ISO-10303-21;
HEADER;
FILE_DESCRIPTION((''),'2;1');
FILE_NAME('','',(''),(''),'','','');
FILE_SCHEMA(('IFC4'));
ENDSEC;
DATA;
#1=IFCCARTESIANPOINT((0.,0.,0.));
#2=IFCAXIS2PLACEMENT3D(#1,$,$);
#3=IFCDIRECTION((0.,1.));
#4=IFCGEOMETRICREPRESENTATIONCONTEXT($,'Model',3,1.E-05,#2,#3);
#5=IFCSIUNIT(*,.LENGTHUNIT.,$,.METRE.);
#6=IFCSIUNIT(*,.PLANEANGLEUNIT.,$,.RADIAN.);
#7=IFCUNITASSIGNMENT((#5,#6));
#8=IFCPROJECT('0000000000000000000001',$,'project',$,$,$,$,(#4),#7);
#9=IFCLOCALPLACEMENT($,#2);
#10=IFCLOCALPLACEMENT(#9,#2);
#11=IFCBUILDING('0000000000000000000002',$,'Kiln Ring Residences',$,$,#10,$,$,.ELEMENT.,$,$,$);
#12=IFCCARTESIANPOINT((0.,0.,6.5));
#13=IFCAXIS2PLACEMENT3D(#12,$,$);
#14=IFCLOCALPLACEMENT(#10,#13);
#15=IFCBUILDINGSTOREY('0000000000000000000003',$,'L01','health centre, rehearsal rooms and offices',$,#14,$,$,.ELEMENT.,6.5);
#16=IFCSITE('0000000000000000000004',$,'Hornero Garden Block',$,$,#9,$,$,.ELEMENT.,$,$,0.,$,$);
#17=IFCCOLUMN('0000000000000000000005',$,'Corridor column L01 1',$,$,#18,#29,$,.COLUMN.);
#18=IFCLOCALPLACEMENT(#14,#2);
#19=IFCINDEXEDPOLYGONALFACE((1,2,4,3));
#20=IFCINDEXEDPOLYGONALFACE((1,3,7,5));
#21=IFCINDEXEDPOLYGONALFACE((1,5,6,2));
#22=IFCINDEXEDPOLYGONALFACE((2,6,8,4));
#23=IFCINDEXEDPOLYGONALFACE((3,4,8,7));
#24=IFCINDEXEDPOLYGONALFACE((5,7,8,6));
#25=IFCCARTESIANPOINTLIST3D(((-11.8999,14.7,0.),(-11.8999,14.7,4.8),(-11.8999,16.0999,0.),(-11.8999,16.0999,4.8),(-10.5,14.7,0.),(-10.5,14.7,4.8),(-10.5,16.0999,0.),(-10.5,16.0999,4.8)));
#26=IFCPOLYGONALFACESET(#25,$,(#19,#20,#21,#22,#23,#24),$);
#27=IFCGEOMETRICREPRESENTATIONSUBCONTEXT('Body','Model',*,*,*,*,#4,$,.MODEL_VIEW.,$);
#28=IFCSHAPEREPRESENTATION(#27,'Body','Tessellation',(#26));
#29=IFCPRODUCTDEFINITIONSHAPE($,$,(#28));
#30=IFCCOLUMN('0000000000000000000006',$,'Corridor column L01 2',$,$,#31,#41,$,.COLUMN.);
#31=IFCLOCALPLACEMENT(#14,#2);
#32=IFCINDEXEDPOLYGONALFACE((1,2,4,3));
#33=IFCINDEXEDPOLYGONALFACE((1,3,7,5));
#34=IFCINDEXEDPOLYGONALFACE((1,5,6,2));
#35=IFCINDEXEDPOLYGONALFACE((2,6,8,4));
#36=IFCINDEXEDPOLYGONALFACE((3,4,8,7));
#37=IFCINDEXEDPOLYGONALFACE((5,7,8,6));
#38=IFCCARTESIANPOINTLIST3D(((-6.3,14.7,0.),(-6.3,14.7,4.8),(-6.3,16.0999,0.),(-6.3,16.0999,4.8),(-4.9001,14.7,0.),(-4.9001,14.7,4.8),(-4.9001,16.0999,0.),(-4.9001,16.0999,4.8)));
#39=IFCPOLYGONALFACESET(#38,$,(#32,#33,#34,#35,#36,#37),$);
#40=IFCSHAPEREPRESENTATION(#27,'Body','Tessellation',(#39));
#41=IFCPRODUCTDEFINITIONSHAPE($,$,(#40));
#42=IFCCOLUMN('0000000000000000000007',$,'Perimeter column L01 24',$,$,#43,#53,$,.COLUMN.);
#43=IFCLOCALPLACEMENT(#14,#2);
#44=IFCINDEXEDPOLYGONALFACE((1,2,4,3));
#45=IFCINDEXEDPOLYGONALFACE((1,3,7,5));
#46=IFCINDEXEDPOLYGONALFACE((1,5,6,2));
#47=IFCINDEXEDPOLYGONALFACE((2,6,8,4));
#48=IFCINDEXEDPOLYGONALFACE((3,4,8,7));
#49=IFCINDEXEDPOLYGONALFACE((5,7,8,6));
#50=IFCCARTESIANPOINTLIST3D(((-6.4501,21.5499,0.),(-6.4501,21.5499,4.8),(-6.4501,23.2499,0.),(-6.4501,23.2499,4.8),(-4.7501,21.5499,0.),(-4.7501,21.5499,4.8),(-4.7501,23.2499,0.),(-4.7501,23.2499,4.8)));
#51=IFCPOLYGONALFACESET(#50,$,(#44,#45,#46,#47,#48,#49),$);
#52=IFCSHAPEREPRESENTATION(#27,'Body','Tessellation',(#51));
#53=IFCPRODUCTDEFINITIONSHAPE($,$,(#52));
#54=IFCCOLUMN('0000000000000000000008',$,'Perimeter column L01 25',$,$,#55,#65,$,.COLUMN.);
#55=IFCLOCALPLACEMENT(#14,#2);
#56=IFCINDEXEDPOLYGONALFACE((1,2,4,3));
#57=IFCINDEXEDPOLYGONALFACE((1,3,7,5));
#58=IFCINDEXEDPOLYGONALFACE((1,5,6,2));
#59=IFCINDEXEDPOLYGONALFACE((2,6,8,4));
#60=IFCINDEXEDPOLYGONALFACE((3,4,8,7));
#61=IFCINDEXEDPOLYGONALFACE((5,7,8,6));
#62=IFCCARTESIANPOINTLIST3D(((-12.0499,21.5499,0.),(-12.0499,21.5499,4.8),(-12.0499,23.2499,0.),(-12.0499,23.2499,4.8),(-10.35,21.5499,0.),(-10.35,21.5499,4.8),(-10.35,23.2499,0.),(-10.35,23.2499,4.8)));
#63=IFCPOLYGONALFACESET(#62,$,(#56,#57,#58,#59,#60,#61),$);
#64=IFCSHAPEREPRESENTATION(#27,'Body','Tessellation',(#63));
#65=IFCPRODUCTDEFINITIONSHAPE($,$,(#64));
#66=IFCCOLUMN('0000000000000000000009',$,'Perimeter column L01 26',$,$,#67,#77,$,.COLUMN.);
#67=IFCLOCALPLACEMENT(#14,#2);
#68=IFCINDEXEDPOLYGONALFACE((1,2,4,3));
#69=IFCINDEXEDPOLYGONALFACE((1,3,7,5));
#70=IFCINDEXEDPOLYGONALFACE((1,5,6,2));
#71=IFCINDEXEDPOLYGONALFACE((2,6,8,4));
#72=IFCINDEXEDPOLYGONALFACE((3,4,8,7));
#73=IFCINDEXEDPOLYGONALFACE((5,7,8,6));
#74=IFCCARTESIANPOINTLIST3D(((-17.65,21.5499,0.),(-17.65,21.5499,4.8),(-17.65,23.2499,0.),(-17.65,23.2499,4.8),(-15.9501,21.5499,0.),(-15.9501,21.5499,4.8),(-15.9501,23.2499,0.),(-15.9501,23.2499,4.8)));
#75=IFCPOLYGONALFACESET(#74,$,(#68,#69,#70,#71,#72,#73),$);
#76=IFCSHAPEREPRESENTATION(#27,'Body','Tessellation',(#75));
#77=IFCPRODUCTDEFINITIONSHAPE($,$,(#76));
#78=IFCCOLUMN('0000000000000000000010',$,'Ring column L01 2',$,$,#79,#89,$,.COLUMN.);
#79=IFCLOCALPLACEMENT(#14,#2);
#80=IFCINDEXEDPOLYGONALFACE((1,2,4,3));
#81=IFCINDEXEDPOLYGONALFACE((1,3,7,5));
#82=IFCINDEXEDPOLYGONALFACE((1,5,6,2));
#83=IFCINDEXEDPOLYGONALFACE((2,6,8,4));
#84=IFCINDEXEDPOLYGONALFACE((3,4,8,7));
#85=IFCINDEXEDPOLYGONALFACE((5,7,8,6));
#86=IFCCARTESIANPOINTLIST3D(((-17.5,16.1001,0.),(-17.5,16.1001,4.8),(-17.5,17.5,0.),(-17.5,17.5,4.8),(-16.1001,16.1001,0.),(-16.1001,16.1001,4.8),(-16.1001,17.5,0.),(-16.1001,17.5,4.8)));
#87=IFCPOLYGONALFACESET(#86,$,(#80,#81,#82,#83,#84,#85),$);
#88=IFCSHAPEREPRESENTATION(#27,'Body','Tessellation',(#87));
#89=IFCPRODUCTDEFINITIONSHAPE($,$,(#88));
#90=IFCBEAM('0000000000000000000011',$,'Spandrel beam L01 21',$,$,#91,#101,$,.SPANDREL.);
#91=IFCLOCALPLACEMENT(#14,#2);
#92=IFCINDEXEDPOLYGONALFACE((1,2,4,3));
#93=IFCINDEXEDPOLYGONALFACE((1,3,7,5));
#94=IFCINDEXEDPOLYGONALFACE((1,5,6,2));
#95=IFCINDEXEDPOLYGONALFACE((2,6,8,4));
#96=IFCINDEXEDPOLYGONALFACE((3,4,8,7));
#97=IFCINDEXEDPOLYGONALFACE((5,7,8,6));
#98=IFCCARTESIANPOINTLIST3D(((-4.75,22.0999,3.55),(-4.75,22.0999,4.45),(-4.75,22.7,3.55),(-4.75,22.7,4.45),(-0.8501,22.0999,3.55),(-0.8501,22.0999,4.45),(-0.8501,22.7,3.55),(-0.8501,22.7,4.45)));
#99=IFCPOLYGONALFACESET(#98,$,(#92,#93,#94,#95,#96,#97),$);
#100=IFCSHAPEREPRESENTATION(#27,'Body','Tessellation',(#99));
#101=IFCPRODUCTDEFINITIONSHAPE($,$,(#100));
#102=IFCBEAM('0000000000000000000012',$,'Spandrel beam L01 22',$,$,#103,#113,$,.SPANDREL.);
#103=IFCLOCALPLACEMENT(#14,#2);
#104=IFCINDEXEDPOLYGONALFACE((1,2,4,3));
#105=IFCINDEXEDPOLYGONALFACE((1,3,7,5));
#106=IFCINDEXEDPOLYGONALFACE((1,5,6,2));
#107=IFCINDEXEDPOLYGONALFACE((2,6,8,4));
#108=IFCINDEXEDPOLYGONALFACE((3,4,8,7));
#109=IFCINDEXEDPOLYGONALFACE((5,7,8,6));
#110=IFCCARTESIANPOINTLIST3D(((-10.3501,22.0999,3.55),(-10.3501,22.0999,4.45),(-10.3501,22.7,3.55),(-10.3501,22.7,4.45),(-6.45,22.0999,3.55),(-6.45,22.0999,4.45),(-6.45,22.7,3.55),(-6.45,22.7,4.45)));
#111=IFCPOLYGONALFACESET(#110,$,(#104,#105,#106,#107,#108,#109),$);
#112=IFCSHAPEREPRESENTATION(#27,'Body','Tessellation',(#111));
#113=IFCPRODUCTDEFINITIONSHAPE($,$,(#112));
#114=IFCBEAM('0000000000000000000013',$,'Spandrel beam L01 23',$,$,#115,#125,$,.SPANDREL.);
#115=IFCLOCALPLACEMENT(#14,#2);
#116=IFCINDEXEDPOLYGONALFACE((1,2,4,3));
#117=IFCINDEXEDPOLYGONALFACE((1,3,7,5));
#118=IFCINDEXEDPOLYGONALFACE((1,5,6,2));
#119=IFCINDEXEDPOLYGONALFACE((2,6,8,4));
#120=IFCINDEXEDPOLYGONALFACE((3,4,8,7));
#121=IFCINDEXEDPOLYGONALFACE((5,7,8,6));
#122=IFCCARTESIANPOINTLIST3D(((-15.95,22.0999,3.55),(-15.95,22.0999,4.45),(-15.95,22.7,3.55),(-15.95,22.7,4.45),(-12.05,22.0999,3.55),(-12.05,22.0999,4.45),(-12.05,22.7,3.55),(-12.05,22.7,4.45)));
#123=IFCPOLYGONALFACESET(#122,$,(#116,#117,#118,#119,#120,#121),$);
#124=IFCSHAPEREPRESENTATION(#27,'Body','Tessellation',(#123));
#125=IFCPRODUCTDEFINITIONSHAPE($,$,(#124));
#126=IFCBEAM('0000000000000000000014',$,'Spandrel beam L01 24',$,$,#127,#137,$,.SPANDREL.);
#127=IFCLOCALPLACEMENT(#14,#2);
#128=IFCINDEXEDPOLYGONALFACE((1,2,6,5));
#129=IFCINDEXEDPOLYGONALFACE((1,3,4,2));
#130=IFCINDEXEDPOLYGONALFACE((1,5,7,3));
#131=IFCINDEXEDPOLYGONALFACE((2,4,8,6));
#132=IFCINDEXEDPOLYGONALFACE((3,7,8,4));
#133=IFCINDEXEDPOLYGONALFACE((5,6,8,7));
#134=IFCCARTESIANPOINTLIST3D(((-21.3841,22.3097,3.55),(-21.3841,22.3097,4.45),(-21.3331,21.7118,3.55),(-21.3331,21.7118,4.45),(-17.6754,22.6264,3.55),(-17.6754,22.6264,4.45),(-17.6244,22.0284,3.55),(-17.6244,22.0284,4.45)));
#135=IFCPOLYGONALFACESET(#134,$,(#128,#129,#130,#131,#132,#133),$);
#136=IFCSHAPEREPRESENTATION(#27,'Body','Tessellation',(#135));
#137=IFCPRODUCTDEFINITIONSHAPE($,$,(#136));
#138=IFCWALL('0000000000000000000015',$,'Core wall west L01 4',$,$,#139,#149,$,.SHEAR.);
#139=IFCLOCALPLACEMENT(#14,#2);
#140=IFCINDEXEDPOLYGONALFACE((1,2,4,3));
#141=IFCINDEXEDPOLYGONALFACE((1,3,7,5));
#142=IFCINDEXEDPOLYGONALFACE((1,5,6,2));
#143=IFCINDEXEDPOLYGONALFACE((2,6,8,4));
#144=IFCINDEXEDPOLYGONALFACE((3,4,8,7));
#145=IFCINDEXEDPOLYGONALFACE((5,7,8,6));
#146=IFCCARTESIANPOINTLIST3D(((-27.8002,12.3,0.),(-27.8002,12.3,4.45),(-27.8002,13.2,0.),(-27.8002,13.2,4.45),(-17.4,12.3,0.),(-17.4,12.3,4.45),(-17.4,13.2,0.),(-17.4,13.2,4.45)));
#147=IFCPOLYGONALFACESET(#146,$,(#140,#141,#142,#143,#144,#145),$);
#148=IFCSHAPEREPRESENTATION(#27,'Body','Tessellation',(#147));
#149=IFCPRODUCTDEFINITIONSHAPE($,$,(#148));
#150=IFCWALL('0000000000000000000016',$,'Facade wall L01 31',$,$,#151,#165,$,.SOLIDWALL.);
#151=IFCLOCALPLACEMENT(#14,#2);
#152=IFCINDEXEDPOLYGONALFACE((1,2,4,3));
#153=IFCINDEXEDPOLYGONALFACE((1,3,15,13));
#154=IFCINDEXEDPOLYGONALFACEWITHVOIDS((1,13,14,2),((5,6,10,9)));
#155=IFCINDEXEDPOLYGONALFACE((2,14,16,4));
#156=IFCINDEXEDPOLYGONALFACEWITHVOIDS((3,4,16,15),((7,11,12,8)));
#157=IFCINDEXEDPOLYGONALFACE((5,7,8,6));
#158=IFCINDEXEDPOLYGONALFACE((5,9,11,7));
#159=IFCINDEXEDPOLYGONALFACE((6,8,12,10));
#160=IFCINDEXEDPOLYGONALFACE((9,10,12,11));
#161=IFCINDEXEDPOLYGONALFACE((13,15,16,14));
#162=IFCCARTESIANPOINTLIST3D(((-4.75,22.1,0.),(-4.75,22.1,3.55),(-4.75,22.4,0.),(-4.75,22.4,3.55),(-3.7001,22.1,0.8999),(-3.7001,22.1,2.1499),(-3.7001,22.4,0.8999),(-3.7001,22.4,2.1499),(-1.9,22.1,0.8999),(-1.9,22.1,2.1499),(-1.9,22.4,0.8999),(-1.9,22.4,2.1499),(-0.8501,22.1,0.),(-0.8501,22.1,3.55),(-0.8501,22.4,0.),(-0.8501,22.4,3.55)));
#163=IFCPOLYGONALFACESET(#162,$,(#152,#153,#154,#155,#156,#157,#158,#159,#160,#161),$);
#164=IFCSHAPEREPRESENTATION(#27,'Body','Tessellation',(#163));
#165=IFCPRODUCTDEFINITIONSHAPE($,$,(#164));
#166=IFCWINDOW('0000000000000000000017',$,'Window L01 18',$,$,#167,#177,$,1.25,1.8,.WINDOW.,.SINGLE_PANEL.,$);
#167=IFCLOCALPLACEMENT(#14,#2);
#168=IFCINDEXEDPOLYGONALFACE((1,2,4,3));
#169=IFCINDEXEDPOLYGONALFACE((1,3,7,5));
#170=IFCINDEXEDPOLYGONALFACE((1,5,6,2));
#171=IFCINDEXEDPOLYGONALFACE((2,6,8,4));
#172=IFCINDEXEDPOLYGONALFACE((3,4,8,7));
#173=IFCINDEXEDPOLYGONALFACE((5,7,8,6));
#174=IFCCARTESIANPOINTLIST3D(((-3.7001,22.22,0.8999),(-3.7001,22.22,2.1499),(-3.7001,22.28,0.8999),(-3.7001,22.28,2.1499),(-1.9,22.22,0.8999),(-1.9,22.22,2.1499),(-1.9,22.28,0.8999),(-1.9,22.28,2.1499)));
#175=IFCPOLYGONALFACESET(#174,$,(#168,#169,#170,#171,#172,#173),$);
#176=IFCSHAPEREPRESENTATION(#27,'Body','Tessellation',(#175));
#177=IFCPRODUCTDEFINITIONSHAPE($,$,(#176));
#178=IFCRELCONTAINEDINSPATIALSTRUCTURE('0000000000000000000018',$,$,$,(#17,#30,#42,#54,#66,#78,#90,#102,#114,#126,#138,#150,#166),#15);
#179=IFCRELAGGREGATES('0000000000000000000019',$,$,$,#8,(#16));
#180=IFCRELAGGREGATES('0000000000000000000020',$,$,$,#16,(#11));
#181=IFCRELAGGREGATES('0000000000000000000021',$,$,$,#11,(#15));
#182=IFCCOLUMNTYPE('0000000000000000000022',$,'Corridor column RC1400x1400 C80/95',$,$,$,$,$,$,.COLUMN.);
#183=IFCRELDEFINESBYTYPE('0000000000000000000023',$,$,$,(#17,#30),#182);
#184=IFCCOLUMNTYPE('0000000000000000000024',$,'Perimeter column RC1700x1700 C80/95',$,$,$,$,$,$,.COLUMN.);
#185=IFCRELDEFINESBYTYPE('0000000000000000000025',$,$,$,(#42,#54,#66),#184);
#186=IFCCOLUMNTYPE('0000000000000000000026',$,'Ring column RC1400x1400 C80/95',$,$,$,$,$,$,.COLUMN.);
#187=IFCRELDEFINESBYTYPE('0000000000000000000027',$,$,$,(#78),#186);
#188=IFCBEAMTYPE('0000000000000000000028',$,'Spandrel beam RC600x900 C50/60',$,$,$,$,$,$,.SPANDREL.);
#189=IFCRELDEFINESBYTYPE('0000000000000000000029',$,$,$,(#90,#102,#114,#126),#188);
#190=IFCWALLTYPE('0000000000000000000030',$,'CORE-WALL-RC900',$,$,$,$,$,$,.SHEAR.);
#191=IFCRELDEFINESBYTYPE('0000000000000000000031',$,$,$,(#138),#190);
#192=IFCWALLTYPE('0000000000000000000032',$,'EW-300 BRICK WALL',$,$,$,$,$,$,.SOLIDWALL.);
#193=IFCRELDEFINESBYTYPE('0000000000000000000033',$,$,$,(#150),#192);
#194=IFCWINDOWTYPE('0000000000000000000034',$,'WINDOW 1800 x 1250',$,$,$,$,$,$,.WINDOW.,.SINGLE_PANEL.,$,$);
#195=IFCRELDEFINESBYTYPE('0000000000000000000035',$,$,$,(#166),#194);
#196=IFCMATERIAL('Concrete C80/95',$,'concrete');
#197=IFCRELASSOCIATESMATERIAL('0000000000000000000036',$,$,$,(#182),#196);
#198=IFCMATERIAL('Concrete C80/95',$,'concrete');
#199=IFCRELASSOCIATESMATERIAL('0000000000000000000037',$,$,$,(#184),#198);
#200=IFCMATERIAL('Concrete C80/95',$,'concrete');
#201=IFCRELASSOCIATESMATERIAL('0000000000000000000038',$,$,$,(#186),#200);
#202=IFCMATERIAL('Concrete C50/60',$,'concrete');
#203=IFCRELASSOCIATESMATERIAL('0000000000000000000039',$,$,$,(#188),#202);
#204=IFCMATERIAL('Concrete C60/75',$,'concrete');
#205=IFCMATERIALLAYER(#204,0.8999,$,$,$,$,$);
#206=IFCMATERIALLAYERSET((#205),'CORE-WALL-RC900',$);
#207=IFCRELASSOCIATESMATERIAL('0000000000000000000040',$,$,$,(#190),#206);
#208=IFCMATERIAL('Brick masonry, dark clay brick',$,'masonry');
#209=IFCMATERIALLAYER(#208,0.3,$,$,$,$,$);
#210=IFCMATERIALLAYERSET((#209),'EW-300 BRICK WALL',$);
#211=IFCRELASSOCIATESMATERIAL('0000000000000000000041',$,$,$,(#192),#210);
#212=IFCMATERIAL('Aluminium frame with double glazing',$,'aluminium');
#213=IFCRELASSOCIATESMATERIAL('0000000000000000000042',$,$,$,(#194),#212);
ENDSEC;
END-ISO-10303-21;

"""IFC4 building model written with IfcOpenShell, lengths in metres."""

from ifc_helpers import new_model, si_unit, direction, frame, frame_2d, origin, origin_2d, place, context, subcontext, project, spatial, rectangle, extrude, material, layer, layer_set, material_profile, profile_set, type_object, element, fill, save


model = new_model("IFC4")

# Units and contexts
model_context = context("Model", 3, precision=1e-05, world=origin(), true_north=direction((0.0, 1.0)))
body_context = subcontext(model_context, "Body", "Model", "MODEL_VIEW")
ifc_project = project(units=[si_unit("LENGTHUNIT", "METRE"), si_unit("PLANEANGLEUNIT", "RADIAN")], contexts=[model_context])

# Site, building, storey
site_placement = place(None, origin())
site = spatial("IfcSite", under=ifc_project, at=site_placement, Name="Hornero Garden Block", CompositionType="ELEMENT", RefElevation=0.0)
building_placement = place(site_placement, origin())
building = spatial("IfcBuilding", under=site, at=building_placement, Name="Kiln Ring Residences", CompositionType="ELEMENT")
storey_placement = place(building_placement, frame((0.0, 0.0, 6.5)))
storey = spatial("IfcBuildingStorey", under=building, at=storey_placement, Name="L01", Description="health centre, rehearsal rooms and offices", CompositionType="ELEMENT", Elevation=6.5)

# Columns
ifc_material_1 = material(Name="Concrete C80/95", Category="concrete")
ifc_material_profile_1 = material_profile(ifc_material_1, rectangle(XDim=1.3999, YDim=1.3999, at=origin_2d()), Name="RC1400x1400")
ifc_profile_set_1 = profile_set([ifc_material_profile_1], Name="Concrete C80/95")
column_type_1 = type_object("IfcColumnType", Name="Corridor column RC1400x1400 C80/95", PredefinedType="COLUMN", material=ifc_profile_set_1)
for number, where, z_axis, x_axis, name in (
    (1, (-11.2, 15.3999, 0.0), (0.0, 0.0, 1.0), (1.0, 0.0, 0.0), "Corridor column L01 1"),
    (2, (-5.6001, 15.3999, 0.0), (0.0, 0.0, 1.0), (1.0, 0.0, 0.0), "Corridor column L01 2"),
):
    element("IfcColumn", number, at=place(storey_placement, frame(where, z_axis=z_axis, x_axis=x_axis)), inside=storey, type_object=column_type_1, Name=name, PredefinedType="COLUMN", context=body_context, shape_type="SweptSolid", body=[
        extrude(rectangle(XDim=1.3999, YDim=1.3999, at=origin_2d()), origin(), (0.0, 0.0, 1.0), 4.8),
    ])
ifc_material_2 = material(Name="Concrete C80/95", Category="concrete")
ifc_material_profile_2 = material_profile(ifc_material_2, rectangle(XDim=1.7, YDim=1.7, at=origin_2d()), Name="RC1700x1700")
ifc_profile_set_2 = profile_set([ifc_material_profile_2], Name="Concrete C80/95")
column_type_2 = type_object("IfcColumnType", Name="Perimeter column RC1700x1700 C80/95", PredefinedType="COLUMN", material=ifc_profile_set_2)
for number, where, z_axis, x_axis, name in (
    (3, (-5.6001, 22.3999, 0.0), (0.0, 0.0, 1.0), (1.0, 0.0, 0.0), "Perimeter column L01 24"),
    (4, (-11.2, 22.3999, 0.0), (0.0, 0.0, 1.0), (1.0, 0.0, 0.0), "Perimeter column L01 25"),
    (5, (-16.8, 22.3999, 0.0), (0.0, 0.0, 1.0), (1.0, 0.0, 0.0), "Perimeter column L01 26"),
):
    element("IfcColumn", number, at=place(storey_placement, frame(where, z_axis=z_axis, x_axis=x_axis)), inside=storey, type_object=column_type_2, Name=name, PredefinedType="COLUMN", context=body_context, shape_type="SweptSolid", body=[
        extrude(rectangle(XDim=1.7, YDim=1.7, at=origin_2d()), origin(), (0.0, 0.0, 1.0), 4.8),
    ])
ifc_material_3 = material(Name="Concrete C80/95", Category="concrete")
ifc_material_profile_3 = material_profile(ifc_material_3, rectangle(XDim=1.3999, YDim=1.3999, at=origin_2d()), Name="RC1400x1400")
ifc_profile_set_3 = profile_set([ifc_material_profile_3], Name="Concrete C80/95")
column_type_3 = type_object("IfcColumnType", Name="Ring column RC1400x1400 C80/95", PredefinedType="COLUMN", material=ifc_profile_set_3)
column_placement = place(storey_placement, frame((-16.8, 16.8, 0.0), z_axis=(0.0, 0.0, 1.0), x_axis=(1.0, 0.0, 0.0)))
element("IfcColumn", 6, at=column_placement, inside=storey, type_object=column_type_3, Name="Ring column L01 2", PredefinedType="COLUMN", context=body_context, shape_type="SweptSolid", body=[
    extrude(rectangle(XDim=1.3999, YDim=1.3999, at=origin_2d()), origin(), (0.0, 0.0, 1.0), 4.8),
])

# Beams
ifc_material_4 = material(Name="Concrete C50/60", Category="concrete")
ifc_material_profile_4 = material_profile(ifc_material_4, rectangle(XDim=0.6001, YDim=0.8999, at=origin_2d()), Name="RC600x900")
ifc_profile_set_4 = profile_set([ifc_material_profile_4], Name="Concrete C50/60")
beam_type = type_object("IfcBeamType", Name="Spandrel beam RC600x900 C50/60", PredefinedType="SPANDREL", material=ifc_profile_set_4)
beam_1_placement = place(storey_placement, frame((-0.8501, 22.3999, 4.0), z_axis=(-1.0, 0.0, 0.0), x_axis=(0.0, -1.0, 0.0)))
element("IfcBeam", 7, at=beam_1_placement, inside=storey, type_object=beam_type, Name="Spandrel beam L01 21", PredefinedType="SPANDREL", context=body_context, shape_type="SweptSolid", body=[
    extrude(rectangle(XDim=0.6001, YDim=0.8999, at=origin_2d()), origin(), (0.0, 0.0, 1.0), 3.8999),
])
beam_2_placement = place(storey_placement, frame((-6.45, 22.3999, 4.0), z_axis=(-1.0, 0.0, 0.0), x_axis=(0.0, -1.0, 0.0)))
element("IfcBeam", 8, at=beam_2_placement, inside=storey, type_object=beam_type, Name="Spandrel beam L01 22", PredefinedType="SPANDREL", context=body_context, shape_type="SweptSolid", body=[
    extrude(rectangle(XDim=0.6001, YDim=0.8999, at=origin_2d()), origin(), (0.0, 0.0, 1.0), 3.9001),
])
beam_3_placement = place(storey_placement, frame((-12.05, 22.3999, 4.0), z_axis=(-1.0, 0.0, 0.0), x_axis=(0.0, -1.0, 0.0)))
element("IfcBeam", 9, at=beam_3_placement, inside=storey, type_object=beam_type, Name="Spandrel beam L01 23", PredefinedType="SPANDREL", context=body_context, shape_type="SweptSolid", body=[
    extrude(rectangle(XDim=0.6001, YDim=0.8999, at=origin_2d()), origin(), (0.0, 0.0, 1.0), 3.8999),
])
beam_4_placement = place(storey_placement, frame((-17.6499, 22.3274, 4.0), z_axis=(-0.996375, -0.08507, 0.0), x_axis=(0.08507, -0.996375, 0.0)))
element("IfcBeam", 10, at=beam_4_placement, inside=storey, type_object=beam_type, Name="Spandrel beam L01 24", PredefinedType="SPANDREL", context=body_context, shape_type="SweptSolid", body=[
    extrude(rectangle(XDim=0.6001, YDim=0.8999, at=origin_2d()), origin(), (0.0, 0.0, 1.0), 3.7222),
])

# Wall
ifc_material_5 = material(Name="Concrete C60/75", Category="concrete")
ifc_layer_1 = layer(ifc_material_5, 0.8999)
ifc_layer_set_1 = layer_set([ifc_layer_1], Name="CORE-WALL-RC900")
wall_type_1 = type_object("IfcWallType", Name="CORE-WALL-RC900", PredefinedType="SHEAR", material=ifc_layer_set_1)
wall_1_placement = place(storey_placement, frame((-17.3999, 12.75, 0.0), z_axis=(0.0, 0.0, 1.0), x_axis=(-1.0, 0.0, 0.0)))
element("IfcWall", 11, at=wall_1_placement, inside=storey, type_object=wall_type_1, Name="Core wall west L01 4", PredefinedType="SHEAR", context=body_context, shape_type="SweptSolid", body=[
    extrude(rectangle(XDim=10.4001, YDim=0.8999, at=frame_2d((5.2002, 0.0))), origin(), (0.0, 0.0, 1.0), 4.45),
])

# Wall, opening, window
ifc_material_6 = material(Name="Brick masonry, dark clay brick", Category="masonry")
ifc_layer_2 = layer(ifc_material_6, 0.3)
ifc_layer_set_2 = layer_set([ifc_layer_2], Name="EW-300 BRICK WALL")
wall_type_2 = type_object("IfcWallType", Name="EW-300 BRICK WALL", PredefinedType="SOLIDWALL", material=ifc_layer_set_2)
wall_2_placement = place(storey_placement, frame((-0.8501, 22.25, 0.0), z_axis=(0.0, 0.0, 1.0), x_axis=(-1.0, 0.0, 0.0)))
wall_2 = element("IfcWall", 12, at=wall_2_placement, inside=storey, type_object=wall_type_2, Name="Facade wall L01 31", PredefinedType="SOLIDWALL", context=body_context, shape_type="SweptSolid", body=[
    extrude(rectangle(XDim=3.8999, YDim=0.3, at=frame_2d((1.95, 0.0))), origin(), (0.0, 0.0, 1.0), 3.55),
])
opening_1_placement = place(wall_2_placement, frame((1.05, 0.0, 0.8999)))
opening_1 = element("IfcOpeningElement", 13, at=opening_1_placement, cuts=wall_2, PredefinedType="OPENING", context=body_context, shape_type="SweptSolid", body=[
    extrude(rectangle(XDim=1.8, YDim=1.25, at=frame_2d((0.8999, 0.625))), frame((0.0, 0.1599, 0.0), z_axis=(0.0, -1.0, 0.0), x_axis=(1.0, 0.0, 0.0)), (0.0, 0.0, 1.0), 0.3201),
])
ifc_material_7 = material(Name="Aluminium frame with double glazing", Category="aluminium")
window_type_1 = type_object("IfcWindowType", Name="WINDOW 1800 x 1250", PartitioningType="SINGLE_PANEL", PredefinedType="WINDOW", material=ifc_material_7)
window_1_placement = place(opening_1_placement, origin())
window_1 = element("IfcWindow", 14, at=window_1_placement, inside=storey, type_object=window_type_1, Name="Window L01 18", OverallHeight=1.25, OverallWidth=1.8, PartitioningType="SINGLE_PANEL", PredefinedType="WINDOW", context=body_context, shape_type="SweptSolid", body=[
    extrude(rectangle(XDim=1.8, YDim=1.25, at=frame_2d((0.8999, 0.625))), frame((0.0, 0.03, 0.0), z_axis=(0.0, -1.0, 0.0), x_axis=(1.0, 0.0, 0.0)), (0.0, 0.0, 1.0), 0.0601),
])
fill(opening_1, window_1)

save(model, "model.ifc")
